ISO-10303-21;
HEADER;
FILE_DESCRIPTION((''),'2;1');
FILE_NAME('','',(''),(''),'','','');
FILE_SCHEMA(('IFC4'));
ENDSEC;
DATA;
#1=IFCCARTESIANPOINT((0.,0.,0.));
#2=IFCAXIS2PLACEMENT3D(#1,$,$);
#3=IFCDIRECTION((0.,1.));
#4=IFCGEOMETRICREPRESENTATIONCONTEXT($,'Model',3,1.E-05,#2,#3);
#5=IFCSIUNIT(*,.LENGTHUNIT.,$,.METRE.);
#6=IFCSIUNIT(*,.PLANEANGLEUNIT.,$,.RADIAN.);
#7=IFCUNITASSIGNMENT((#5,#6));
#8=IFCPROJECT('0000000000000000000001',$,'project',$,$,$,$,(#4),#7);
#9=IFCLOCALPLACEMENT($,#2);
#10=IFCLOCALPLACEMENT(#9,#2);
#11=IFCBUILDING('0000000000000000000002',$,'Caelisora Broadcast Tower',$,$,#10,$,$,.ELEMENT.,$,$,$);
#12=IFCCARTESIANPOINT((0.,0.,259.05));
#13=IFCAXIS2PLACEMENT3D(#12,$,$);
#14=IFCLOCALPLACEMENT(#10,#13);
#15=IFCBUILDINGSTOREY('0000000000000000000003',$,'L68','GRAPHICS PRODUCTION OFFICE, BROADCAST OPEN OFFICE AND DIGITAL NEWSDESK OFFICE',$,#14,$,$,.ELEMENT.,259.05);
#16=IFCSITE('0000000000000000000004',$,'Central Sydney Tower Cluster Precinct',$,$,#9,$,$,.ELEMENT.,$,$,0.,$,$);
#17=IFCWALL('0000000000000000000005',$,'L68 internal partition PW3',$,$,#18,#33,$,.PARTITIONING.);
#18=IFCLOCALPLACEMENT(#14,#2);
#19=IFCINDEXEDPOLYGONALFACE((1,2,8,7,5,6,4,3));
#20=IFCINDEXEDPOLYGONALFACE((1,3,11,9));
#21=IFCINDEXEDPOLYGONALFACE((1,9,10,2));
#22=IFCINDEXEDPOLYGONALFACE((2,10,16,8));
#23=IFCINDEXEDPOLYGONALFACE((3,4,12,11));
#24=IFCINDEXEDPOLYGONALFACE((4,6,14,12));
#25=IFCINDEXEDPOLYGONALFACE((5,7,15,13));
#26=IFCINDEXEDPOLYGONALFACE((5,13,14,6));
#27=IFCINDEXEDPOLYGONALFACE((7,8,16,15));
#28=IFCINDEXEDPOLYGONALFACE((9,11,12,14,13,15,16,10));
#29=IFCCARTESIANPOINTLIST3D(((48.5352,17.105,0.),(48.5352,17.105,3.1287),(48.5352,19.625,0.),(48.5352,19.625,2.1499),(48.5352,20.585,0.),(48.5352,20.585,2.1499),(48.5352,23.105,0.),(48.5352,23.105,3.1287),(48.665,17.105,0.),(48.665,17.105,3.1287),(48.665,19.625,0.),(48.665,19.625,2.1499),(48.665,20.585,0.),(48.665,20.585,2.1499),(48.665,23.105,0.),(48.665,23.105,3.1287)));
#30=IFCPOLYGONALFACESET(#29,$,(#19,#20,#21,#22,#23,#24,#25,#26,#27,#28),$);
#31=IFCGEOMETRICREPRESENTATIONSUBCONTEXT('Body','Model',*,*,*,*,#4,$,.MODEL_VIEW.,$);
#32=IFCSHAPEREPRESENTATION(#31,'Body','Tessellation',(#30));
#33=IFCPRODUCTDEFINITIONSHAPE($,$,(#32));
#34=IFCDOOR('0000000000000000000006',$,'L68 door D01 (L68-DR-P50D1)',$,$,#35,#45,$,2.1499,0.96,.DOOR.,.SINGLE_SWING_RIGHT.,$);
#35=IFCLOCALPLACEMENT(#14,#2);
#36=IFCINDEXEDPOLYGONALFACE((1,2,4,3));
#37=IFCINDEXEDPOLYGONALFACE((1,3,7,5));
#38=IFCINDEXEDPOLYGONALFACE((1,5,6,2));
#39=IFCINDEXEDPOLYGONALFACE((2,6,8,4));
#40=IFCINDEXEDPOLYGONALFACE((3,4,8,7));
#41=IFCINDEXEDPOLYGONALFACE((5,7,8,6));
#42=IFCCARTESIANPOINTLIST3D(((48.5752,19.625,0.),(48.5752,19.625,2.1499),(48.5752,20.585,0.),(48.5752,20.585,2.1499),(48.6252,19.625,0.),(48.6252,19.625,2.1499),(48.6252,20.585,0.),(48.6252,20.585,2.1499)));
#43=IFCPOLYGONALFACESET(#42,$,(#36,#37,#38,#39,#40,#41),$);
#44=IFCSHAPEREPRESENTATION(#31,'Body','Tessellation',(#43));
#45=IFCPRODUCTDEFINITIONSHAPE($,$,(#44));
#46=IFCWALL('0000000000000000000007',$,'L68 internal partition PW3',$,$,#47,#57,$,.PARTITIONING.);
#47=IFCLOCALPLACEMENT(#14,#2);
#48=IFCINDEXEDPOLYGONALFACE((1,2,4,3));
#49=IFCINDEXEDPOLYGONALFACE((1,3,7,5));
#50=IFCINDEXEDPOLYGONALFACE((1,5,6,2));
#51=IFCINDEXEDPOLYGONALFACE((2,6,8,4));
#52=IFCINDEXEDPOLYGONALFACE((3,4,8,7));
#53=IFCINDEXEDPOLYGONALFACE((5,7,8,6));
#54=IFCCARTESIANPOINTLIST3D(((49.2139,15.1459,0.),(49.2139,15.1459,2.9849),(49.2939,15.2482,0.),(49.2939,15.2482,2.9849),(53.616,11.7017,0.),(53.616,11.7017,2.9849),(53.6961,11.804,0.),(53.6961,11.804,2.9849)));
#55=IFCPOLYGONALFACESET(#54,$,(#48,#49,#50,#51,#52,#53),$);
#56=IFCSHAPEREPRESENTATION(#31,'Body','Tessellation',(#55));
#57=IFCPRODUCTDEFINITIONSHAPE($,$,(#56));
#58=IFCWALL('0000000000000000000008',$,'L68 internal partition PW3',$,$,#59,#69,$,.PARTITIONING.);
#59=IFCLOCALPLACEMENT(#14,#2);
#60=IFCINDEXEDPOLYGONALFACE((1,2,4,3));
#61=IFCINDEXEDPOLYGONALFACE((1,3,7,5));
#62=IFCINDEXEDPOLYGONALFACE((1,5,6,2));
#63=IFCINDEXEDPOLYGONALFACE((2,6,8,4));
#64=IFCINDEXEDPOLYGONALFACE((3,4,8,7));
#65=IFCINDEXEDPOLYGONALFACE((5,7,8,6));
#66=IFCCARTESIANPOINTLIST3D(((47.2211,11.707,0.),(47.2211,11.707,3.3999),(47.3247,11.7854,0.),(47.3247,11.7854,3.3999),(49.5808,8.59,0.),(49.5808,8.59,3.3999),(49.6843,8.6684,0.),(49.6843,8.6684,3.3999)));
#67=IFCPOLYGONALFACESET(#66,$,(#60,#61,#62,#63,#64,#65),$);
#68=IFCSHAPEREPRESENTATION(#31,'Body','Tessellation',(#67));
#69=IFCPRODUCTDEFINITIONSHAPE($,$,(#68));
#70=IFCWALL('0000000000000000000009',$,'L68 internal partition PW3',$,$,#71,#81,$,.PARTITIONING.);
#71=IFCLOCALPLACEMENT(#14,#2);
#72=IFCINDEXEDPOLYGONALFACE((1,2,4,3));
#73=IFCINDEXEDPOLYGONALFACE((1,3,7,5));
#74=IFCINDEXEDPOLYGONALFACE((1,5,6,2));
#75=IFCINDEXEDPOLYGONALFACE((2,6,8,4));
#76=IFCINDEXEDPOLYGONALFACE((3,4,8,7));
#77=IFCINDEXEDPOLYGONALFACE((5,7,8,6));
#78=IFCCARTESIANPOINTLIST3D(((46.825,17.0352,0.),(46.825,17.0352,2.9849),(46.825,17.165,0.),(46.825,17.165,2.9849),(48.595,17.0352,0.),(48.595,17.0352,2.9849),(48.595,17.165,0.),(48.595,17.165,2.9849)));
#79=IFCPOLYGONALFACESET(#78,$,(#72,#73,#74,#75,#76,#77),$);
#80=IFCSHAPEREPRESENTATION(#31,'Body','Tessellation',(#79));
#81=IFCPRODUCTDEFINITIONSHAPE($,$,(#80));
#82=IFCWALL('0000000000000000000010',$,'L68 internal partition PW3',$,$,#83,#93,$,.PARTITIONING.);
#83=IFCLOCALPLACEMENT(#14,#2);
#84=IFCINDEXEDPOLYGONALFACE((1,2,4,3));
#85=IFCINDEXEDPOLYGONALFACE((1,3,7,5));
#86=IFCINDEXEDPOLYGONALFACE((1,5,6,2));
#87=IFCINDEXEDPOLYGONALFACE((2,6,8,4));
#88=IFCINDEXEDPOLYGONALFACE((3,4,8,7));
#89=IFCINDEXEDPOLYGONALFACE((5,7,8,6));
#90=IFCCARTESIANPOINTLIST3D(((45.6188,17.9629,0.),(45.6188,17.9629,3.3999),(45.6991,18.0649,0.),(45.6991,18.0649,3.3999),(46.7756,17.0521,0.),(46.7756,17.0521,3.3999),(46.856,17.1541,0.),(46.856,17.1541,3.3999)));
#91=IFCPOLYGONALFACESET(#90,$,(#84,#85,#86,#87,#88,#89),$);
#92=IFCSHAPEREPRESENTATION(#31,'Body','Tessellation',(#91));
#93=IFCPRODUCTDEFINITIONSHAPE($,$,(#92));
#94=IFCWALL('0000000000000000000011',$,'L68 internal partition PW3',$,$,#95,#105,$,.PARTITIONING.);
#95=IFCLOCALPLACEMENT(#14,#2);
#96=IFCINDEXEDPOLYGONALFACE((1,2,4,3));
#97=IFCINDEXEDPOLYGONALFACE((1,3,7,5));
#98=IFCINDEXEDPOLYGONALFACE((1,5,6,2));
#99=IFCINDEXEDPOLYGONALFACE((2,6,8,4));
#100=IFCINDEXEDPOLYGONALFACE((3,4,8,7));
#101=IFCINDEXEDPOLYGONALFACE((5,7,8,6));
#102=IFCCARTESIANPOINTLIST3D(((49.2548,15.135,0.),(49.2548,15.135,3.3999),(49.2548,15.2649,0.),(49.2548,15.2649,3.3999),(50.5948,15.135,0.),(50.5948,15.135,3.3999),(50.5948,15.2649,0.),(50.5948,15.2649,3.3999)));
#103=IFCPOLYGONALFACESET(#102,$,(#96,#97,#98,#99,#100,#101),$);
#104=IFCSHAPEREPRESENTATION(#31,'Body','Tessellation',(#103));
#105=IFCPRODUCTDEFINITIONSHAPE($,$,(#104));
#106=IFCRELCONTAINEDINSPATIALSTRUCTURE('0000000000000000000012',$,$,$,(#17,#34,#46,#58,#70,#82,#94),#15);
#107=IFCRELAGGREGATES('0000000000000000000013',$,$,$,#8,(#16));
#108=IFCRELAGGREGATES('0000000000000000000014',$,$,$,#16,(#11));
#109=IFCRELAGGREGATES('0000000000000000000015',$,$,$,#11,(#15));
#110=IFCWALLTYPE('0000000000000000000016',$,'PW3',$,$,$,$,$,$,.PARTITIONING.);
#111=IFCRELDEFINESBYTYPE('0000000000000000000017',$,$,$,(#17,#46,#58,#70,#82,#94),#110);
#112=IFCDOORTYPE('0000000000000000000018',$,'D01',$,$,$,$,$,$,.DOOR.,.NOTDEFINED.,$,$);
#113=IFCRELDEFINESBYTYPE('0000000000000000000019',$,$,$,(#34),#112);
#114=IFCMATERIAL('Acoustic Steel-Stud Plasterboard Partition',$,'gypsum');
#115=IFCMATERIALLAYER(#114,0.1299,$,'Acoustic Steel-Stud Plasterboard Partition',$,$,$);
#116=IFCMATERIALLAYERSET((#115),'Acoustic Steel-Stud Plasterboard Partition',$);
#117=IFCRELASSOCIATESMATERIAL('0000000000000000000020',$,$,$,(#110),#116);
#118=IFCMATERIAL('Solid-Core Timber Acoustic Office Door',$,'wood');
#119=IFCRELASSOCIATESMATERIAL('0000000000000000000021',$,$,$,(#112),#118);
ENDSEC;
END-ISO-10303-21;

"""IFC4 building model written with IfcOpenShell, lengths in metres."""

from ifc_helpers import new_model, si_unit, direction, frame, frame_2d, origin, place, context, subcontext, project, spatial, rectangle, extrude, material, layer, layer_set, type_object, element, fill, save


model = new_model("IFC4")

# Units and contexts
model_context = context("Model", 3, precision=1e-05, world=origin(), true_north=direction((0.0, 1.0)))
body_context = subcontext(model_context, "Body", "Model", "MODEL_VIEW")
ifc_project = project(units=[si_unit("LENGTHUNIT", "METRE"), si_unit("PLANEANGLEUNIT", "RADIAN")], contexts=[model_context])

# Site, building, storey
site_placement = place(None, origin())
site = spatial("IfcSite", under=ifc_project, at=site_placement, Name="Central Sydney Tower Cluster Precinct", CompositionType="ELEMENT", RefElevation=0.0)
building_placement = place(site_placement, origin())
building = spatial("IfcBuilding", under=site, at=building_placement, Name="Caelisora Broadcast Tower", CompositionType="ELEMENT")
storey_placement = place(building_placement, frame((0.0, 0.0, 259.05)))
storey = spatial("IfcBuildingStorey", under=building, at=storey_placement, Name="L68", Description="GRAPHICS PRODUCTION OFFICE, BROADCAST OPEN OFFICE AND DIGITAL NEWSDESK OFFICE", CompositionType="ELEMENT", Elevation=259.05)

# Shared definitions
ifc_material_1 = material(Name="Acoustic Steel-Stud Plasterboard Partition", Category="gypsum")
ifc_layer_1 = layer(ifc_material_1, 0.1299, Name="Acoustic Steel-Stud Plasterboard Partition")
ifc_layer_set_1 = layer_set([ifc_layer_1], Name="Acoustic Steel-Stud Plasterboard Partition")
wall_type = type_object("IfcWallType", Name="PW3", PredefinedType="PARTITIONING", material=ifc_layer_set_1)

# Wall, opening, door
ifc_material_2 = material(Name="Solid-Core Timber Acoustic Office Door", Category="wood")
door_type = type_object("IfcDoorType", Name="D01", OperationType="NOTDEFINED", PredefinedType="DOOR", material=ifc_material_2)
wall_1_placement = place(storey_placement, frame((48.6001, 17.105, 0.0), z_axis=(0.0, 0.0, 1.0), x_axis=(0.0, 1.0, 0.0)))
wall_1 = element("IfcWall", 1, at=wall_1_placement, inside=storey, type_object=wall_type, Name="L68 internal partition PW3", PredefinedType="PARTITIONING", context=body_context, shape_type="SweptSolid", body=[
    extrude(rectangle(XDim=6.0, YDim=0.1299, at=frame_2d((3.0, 0.0))), origin(), (0.0, 0.0, 1.0), 3.1287),
])
opening_1_placement = place(wall_1_placement, frame((2.52, 0.0, 0.0)))
opening_1 = element("IfcOpeningElement", 2, at=opening_1_placement, cuts=wall_1, PredefinedType="OPENING", context=body_context, shape_type="SweptSolid", body=[
    extrude(rectangle(XDim=0.96, YDim=2.1499, at=frame_2d((0.48, 1.075))), frame((0.0, 0.0769, 0.0), z_axis=(0.0, -1.0, 0.0), x_axis=(1.0, 0.0, 0.0)), (0.0, 0.0, 1.0), 0.1538),
])
door_1_placement = place(opening_1_placement, origin())
door_1 = element("IfcDoor", 3, at=door_1_placement, inside=storey, type_object=door_type, Name="L68 door D01 (L68-DR-P50D1)", OperationType="SINGLE_SWING_RIGHT", OverallHeight=2.1499, OverallWidth=0.96, PredefinedType="DOOR", context=body_context, shape_type="SweptSolid", body=[
    extrude(rectangle(XDim=0.96, YDim=2.1499, at=frame_2d((0.48, 1.075))), frame((0.0, 0.0249, 0.0), z_axis=(0.0, -1.0, 0.0), x_axis=(1.0, 0.0, 0.0)), (0.0, 0.0, 1.0), 0.05),
])
fill(opening_1, door_1)

# Walls
wall_2_placement = place(storey_placement, frame((49.2539, 15.197, 0.0), z_axis=(0.0, 0.0, 1.0), x_axis=(0.787594, -0.616194, 0.0)))
element("IfcWall", 4, at=wall_2_placement, inside=storey, type_object=wall_type, Name="L68 internal partition PW3", PredefinedType="PARTITIONING", context=body_context, shape_type="SweptSolid", body=[
    extrude(rectangle(XDim=5.5894, YDim=0.1299, at=frame_2d((2.7947, 0.0))), origin(), (0.0, 0.0, 1.0), 2.9849),
])
wall_3_placement = place(storey_placement, frame((47.2729, 11.7461, 0.0), z_axis=(0.0, 0.0, 1.0), x_axis=(0.603581, -0.797302, 0.0)))
element("IfcWall", 5, at=wall_3_placement, inside=storey, type_object=wall_type, Name="L68 internal partition PW3", PredefinedType="PARTITIONING", context=body_context, shape_type="SweptSolid", body=[
    extrude(rectangle(XDim=3.9094, YDim=0.1299, at=frame_2d((1.9546, 0.0))), origin(), (0.0, 0.0, 1.0), 3.3999),
])
wall_4_placement = place(storey_placement, frame((46.825, 17.1001, 0.0), z_axis=(0.0, 0.0, 1.0), x_axis=(1.0, 0.0, 0.0)))
element("IfcWall", 6, at=wall_4_placement, inside=storey, type_object=wall_type, Name="L68 internal partition PW3", PredefinedType="PARTITIONING", context=body_context, shape_type="SweptSolid", body=[
    extrude(rectangle(XDim=1.77, YDim=0.1299, at=frame_2d((0.885, 0.0))), origin(), (0.0, 0.0, 1.0), 2.9849),
])
wall_5_placement = place(storey_placement, frame((46.8159, 17.103, 0.0), z_axis=(0.0, 0.0, 1.0), x_axis=(-0.785714, 0.61859, 0.0)))
element("IfcWall", 7, at=wall_5_placement, inside=storey, type_object=wall_type, Name="L68 internal partition PW3", PredefinedType="PARTITIONING", context=body_context, shape_type="SweptSolid", body=[
    extrude(rectangle(XDim=1.4724, YDim=0.1299, at=frame_2d((0.7363, 0.0))), origin(), (0.0, 0.0, 1.0), 3.3999),
])
wall_6_placement = place(storey_placement, frame((49.2549, 15.2, 0.0), z_axis=(0.0, 0.0, 1.0), x_axis=(1.0, 0.0, 0.0)))
element("IfcWall", 8, at=wall_6_placement, inside=storey, type_object=wall_type, Name="L68 internal partition PW3", PredefinedType="PARTITIONING", context=body_context, shape_type="SweptSolid", body=[
    extrude(rectangle(XDim=1.3401, YDim=0.1299, at=frame_2d((0.6699, 0.0))), origin(), (0.0, 0.0, 1.0), 3.3999),
])

save(model, "model.ifc")
